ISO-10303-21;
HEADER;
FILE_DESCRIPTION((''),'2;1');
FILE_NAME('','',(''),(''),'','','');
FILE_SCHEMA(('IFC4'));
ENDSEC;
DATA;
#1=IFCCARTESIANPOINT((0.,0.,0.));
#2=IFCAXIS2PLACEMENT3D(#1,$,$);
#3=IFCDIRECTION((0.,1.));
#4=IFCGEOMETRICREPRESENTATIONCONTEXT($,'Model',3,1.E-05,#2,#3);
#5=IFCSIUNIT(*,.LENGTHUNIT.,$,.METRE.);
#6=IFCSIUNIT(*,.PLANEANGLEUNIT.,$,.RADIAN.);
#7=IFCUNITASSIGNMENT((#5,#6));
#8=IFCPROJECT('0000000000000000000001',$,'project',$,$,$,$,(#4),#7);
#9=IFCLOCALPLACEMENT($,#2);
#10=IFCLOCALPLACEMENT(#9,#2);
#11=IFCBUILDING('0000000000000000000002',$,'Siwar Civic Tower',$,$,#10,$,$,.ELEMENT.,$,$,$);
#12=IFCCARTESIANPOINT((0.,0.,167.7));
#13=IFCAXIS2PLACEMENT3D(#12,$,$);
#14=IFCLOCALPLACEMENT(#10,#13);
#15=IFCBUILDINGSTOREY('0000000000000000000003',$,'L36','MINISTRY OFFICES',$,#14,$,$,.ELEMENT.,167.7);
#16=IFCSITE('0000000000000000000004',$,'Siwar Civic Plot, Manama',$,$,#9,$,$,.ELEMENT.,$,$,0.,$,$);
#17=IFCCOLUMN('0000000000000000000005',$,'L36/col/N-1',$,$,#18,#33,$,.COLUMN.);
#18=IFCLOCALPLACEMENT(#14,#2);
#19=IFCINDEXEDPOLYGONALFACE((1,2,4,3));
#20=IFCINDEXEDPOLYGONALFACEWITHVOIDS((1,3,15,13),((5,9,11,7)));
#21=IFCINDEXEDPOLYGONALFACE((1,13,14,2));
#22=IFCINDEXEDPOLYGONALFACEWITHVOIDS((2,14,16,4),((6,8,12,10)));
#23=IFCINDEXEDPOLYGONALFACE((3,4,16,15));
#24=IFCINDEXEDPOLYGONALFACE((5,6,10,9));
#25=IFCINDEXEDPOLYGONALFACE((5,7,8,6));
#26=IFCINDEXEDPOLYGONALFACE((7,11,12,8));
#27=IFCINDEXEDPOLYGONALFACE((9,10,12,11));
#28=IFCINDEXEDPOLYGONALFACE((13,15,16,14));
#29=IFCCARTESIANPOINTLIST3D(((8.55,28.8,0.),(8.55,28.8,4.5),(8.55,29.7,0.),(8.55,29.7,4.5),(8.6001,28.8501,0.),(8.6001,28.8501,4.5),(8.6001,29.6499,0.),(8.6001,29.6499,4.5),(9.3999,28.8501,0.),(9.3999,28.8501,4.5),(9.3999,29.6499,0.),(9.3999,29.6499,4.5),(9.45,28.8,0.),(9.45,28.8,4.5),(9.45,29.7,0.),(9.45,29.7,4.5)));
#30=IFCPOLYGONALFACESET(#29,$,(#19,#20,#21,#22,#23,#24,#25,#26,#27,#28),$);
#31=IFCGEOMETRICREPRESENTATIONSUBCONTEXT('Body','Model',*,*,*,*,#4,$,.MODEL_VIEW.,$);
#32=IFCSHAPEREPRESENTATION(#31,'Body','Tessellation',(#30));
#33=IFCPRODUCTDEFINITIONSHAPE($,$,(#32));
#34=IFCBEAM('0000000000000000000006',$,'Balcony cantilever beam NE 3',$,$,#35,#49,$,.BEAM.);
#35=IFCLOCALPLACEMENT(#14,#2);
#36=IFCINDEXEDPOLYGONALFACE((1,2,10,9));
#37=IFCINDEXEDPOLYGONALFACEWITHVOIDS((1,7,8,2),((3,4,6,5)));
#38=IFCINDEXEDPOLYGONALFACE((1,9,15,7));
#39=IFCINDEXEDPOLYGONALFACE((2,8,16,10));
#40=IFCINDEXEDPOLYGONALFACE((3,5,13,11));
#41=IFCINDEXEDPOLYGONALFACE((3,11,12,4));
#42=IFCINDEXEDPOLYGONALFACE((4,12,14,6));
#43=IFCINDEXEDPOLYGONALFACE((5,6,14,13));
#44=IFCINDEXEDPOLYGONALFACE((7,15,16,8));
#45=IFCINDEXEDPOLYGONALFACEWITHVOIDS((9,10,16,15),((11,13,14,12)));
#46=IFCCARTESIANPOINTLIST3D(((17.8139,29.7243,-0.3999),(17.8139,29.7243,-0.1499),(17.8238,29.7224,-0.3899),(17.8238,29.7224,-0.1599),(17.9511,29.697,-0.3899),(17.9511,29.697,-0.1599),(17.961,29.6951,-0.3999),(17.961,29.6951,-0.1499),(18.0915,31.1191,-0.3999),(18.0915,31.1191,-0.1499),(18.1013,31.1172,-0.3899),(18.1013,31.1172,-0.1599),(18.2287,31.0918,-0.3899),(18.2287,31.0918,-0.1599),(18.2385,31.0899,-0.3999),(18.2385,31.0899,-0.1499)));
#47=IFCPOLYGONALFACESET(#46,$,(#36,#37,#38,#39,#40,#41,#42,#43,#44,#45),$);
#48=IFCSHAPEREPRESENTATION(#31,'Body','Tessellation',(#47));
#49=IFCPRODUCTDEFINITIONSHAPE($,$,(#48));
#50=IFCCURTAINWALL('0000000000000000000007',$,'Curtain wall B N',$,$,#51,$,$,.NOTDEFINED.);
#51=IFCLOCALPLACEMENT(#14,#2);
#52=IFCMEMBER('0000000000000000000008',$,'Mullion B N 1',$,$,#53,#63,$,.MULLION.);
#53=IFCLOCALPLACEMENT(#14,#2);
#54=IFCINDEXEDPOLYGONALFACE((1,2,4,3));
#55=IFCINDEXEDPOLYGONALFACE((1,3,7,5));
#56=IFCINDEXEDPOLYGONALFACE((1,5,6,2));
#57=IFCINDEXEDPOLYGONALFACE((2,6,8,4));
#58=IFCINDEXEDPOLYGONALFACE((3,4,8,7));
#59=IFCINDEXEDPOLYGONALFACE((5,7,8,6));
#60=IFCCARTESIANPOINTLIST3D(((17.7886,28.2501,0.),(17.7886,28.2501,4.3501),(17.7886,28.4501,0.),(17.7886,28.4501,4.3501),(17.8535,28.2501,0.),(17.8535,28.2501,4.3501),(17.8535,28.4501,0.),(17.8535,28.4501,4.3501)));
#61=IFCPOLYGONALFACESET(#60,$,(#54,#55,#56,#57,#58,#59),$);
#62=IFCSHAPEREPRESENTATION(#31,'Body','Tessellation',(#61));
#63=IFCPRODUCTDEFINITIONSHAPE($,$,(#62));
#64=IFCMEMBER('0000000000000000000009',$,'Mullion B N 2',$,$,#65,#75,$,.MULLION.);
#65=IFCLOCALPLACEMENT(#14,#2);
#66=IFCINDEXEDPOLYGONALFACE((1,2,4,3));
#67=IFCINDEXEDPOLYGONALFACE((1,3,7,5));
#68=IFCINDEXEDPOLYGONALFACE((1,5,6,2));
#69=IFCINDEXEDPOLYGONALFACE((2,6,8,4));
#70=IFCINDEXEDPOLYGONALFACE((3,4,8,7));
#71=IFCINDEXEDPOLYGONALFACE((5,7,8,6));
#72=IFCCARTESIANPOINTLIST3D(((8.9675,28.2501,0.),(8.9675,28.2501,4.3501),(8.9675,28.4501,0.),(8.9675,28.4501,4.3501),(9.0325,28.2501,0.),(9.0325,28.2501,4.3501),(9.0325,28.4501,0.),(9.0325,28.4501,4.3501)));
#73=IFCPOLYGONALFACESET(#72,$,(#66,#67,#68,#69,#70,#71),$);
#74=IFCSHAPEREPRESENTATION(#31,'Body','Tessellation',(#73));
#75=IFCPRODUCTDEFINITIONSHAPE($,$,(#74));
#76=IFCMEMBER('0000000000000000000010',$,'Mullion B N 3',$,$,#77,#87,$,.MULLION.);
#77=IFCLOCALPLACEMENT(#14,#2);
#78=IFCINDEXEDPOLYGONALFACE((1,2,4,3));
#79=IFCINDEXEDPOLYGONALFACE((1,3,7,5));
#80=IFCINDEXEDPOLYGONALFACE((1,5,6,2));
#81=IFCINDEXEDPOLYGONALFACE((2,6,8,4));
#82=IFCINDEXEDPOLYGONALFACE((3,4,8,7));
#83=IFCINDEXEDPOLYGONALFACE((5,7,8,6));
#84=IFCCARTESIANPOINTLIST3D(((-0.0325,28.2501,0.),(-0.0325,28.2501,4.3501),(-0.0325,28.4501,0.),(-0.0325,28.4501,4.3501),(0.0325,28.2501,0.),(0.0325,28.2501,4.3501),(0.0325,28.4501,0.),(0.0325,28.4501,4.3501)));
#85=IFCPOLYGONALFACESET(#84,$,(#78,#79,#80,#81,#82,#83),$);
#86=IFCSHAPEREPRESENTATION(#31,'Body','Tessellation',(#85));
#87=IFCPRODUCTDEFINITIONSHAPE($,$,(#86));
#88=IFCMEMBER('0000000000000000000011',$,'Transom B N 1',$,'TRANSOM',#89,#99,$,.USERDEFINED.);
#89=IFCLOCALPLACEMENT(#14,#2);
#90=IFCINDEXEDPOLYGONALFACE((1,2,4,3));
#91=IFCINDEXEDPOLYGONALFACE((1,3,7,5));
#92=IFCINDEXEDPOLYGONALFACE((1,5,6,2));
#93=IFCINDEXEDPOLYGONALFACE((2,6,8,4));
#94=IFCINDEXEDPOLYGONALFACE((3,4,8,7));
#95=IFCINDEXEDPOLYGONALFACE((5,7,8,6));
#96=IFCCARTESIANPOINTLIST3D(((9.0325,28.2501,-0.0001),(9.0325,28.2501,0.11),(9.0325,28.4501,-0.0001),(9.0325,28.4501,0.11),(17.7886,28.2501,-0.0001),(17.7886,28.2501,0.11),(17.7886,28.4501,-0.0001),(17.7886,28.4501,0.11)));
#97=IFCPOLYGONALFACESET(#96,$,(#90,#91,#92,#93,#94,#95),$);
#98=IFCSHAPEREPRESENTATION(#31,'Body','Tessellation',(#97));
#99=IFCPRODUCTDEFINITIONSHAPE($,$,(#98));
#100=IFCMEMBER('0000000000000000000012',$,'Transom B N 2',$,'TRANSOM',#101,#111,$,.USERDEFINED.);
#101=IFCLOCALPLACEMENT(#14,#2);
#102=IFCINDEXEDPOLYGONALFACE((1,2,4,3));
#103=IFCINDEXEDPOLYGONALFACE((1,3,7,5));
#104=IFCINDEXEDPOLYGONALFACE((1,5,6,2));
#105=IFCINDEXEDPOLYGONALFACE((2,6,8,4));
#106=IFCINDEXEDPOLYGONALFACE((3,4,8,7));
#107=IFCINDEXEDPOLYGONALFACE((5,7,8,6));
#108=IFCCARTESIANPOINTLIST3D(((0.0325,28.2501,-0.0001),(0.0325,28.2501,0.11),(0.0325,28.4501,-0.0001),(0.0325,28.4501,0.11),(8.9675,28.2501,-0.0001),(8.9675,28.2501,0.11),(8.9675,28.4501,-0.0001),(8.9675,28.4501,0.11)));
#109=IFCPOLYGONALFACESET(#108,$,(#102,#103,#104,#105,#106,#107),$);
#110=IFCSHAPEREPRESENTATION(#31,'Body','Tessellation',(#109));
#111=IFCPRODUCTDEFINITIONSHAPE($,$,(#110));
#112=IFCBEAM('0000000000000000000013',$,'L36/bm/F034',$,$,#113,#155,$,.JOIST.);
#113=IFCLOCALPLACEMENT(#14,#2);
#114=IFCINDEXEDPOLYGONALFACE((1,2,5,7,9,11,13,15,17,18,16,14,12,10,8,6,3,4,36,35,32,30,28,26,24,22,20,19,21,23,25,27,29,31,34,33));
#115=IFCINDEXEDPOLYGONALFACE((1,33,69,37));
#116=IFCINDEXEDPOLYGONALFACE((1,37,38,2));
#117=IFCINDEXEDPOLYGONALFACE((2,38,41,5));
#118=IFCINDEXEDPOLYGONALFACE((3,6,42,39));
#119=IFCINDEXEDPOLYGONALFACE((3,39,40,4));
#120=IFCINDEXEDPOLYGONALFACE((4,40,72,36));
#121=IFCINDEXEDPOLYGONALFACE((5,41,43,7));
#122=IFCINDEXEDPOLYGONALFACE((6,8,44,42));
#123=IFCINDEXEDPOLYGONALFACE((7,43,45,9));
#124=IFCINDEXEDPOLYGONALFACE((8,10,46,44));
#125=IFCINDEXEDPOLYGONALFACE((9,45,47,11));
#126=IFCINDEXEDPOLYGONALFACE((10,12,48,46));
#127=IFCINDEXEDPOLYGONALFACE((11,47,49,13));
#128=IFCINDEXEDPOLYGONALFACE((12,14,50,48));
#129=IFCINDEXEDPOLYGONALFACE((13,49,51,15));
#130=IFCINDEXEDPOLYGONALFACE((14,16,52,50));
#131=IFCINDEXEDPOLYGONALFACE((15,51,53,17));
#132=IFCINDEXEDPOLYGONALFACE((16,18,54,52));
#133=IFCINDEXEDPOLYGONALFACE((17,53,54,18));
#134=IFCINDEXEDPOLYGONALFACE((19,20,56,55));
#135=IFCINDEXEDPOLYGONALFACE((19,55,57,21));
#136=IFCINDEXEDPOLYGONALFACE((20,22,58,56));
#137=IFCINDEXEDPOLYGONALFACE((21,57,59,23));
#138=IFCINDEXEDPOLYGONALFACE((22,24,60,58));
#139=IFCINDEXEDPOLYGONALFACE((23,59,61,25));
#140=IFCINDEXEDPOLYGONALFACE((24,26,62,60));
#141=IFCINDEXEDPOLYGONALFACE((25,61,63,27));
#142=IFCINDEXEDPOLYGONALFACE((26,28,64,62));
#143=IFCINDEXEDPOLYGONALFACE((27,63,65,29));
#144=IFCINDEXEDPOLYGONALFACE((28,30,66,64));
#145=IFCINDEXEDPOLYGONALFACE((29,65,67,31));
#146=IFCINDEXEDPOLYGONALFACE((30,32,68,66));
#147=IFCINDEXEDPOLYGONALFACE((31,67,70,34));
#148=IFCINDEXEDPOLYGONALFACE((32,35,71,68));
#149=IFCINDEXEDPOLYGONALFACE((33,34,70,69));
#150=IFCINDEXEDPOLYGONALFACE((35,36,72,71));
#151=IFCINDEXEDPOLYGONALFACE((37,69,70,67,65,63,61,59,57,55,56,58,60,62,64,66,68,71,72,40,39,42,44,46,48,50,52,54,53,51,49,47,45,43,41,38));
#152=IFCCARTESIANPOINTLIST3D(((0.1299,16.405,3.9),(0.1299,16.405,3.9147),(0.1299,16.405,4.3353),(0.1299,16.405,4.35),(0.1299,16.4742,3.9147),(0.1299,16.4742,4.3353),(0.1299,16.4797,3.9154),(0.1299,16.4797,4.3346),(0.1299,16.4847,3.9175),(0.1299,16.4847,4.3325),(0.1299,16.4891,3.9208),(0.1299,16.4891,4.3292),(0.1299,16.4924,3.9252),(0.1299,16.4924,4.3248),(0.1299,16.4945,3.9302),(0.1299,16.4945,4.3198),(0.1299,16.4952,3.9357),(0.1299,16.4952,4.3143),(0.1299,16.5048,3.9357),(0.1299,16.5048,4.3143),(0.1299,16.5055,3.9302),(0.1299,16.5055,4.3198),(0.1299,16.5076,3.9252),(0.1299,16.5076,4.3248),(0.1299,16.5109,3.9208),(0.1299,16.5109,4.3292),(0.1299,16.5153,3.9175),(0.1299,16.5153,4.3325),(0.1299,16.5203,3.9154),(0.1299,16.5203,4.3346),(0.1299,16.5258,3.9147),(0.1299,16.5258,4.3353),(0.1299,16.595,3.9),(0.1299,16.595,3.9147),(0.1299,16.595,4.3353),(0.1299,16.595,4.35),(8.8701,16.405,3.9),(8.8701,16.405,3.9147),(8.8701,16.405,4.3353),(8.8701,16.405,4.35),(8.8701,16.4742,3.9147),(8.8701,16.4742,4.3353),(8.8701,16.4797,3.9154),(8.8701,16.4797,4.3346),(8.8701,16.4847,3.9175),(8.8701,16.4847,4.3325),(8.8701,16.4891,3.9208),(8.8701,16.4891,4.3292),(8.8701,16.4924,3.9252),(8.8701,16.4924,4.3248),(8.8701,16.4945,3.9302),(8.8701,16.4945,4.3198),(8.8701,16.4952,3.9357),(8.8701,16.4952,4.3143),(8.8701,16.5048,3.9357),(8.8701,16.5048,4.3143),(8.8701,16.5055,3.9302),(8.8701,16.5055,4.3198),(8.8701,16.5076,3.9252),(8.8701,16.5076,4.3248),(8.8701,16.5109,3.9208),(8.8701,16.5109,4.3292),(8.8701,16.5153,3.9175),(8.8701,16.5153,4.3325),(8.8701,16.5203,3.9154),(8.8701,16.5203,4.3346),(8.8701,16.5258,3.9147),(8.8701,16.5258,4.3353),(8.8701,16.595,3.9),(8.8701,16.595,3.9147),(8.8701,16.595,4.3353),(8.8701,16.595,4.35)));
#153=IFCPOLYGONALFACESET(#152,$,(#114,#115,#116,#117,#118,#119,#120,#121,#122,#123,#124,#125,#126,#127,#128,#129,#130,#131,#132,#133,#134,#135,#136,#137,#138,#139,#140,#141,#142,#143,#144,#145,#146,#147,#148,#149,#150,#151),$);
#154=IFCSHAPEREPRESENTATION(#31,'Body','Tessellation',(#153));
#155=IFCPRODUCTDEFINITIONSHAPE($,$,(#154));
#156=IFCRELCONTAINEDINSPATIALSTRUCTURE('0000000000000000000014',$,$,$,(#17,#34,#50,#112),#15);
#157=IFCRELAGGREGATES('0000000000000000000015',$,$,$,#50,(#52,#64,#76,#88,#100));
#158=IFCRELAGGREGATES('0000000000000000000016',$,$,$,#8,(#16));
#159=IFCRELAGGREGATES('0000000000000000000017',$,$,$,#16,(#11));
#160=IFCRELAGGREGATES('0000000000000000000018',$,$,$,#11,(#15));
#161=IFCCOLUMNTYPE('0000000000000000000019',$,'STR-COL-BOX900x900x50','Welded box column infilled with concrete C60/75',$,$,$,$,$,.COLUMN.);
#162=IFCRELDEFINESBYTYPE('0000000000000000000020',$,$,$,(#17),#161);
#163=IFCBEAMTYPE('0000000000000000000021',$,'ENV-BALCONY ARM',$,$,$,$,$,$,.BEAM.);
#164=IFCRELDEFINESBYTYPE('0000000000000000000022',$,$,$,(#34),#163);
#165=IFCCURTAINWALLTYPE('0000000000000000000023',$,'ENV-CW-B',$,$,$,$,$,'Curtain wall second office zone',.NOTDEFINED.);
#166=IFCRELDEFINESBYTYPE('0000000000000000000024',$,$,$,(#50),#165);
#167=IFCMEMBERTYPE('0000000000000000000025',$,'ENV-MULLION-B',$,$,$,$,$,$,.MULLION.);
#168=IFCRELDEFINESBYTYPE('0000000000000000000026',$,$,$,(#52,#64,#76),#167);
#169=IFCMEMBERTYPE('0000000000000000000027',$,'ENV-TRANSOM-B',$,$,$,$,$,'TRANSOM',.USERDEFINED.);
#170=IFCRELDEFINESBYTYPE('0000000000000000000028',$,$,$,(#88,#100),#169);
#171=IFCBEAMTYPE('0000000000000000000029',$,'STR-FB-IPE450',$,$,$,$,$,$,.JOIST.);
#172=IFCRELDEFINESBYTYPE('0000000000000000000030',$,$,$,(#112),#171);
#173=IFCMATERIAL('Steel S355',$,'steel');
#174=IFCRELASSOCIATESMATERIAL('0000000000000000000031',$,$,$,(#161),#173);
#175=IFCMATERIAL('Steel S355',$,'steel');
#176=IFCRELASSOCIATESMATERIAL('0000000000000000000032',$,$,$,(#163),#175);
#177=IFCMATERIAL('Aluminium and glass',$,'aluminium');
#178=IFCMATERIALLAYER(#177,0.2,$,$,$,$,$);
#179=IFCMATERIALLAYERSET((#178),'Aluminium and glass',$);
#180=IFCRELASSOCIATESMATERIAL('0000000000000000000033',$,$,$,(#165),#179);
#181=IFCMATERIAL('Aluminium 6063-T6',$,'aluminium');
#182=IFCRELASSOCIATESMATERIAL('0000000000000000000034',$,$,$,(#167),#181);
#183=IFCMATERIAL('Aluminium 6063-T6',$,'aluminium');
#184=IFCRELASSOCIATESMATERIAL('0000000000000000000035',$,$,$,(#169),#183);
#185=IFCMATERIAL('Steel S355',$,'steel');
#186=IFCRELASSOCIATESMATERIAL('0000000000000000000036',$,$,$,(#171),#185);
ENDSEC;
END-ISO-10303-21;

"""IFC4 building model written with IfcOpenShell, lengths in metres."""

from ifc_helpers import new_model, si_unit, direction, frame, origin, origin_2d, place, context, subcontext, project, spatial, rectangle, hollow_rectangle, i_section, extrude, material, layer, layer_set, material_profile, profile_set, type_object, element, aggregate, save


model = new_model("IFC4")

# Units and contexts
model_context = context("Model", 3, precision=1e-05, world=origin(), true_north=direction((0.0, 1.0)))
body_context = subcontext(model_context, "Body", "Model", "MODEL_VIEW")
ifc_project = project(units=[si_unit("LENGTHUNIT", "METRE"), si_unit("PLANEANGLEUNIT", "RADIAN")], contexts=[model_context])

# Site, building, storey
site_placement = place(None, origin())
site = spatial("IfcSite", under=ifc_project, at=site_placement, Name="Siwar Civic Plot, Manama", CompositionType="ELEMENT", RefElevation=0.0)
building_placement = place(site_placement, origin())
building = spatial("IfcBuilding", under=site, at=building_placement, Name="Siwar Civic Tower", CompositionType="ELEMENT")
storey_placement = place(building_placement, frame((0.0, 0.0, 167.7)))
storey = spatial("IfcBuildingStorey", under=building, at=storey_placement, Name="L36", Description="MINISTRY OFFICES", CompositionType="ELEMENT", Elevation=167.7)

# Column
ifc_material_1 = material(Name="Steel S355", Category="steel")
ifc_material_profile_1 = material_profile(ifc_material_1, hollow_rectangle(XDim=0.8999, YDim=0.8999, WallThickness=0.05, at=origin_2d()), Name="BOX900x900x50")
ifc_profile_set_1 = profile_set([ifc_material_profile_1], Name="Steel S355")
column_type = type_object("IfcColumnType", Name="STR-COL-BOX900x900x50", Description="Welded box column infilled with concrete C60/75", PredefinedType="COLUMN", material=ifc_profile_set_1)
column_placement = place(storey_placement, frame((9.0, 29.25, 0.0), z_axis=(0.0, 0.0, 1.0), x_axis=(1.0, 0.0, 0.0)))
element("IfcColumn", 1, at=column_placement, inside=storey, type_object=column_type, Name="L36/col/N-1", PredefinedType="COLUMN", context=body_context, shape_type="SweptSolid", body=[
    extrude(hollow_rectangle(XDim=0.8999, YDim=0.8999, WallThickness=0.05, at=origin_2d()), origin(), (0.0, 0.0, 1.0), 4.5),
])

# Beam
ifc_material_2 = material(Name="Steel S355", Category="steel")
ifc_material_profile_2 = material_profile(ifc_material_2, hollow_rectangle(XDim=0.1499, YDim=0.25, WallThickness=0.01, at=origin_2d()), Name="RHS250x150x10")
ifc_profile_set_2 = profile_set([ifc_material_profile_2], Name="Steel S355")
beam_type_1 = type_object("IfcBeamType", Name="ENV-BALCONY ARM", PredefinedType="BEAM", material=ifc_profile_set_2)
beam_1_placement = place(storey_placement, frame((17.8875, 29.7097, -0.2749), z_axis=(0.195192, 0.980765, 0.0), x_axis=(-0.980765, 0.195192, 0.0)))
element("IfcBeam", 2, at=beam_1_placement, inside=storey, type_object=beam_type_1, Name="Balcony cantilever beam NE 3", PredefinedType="BEAM", context=body_context, shape_type="SweptSolid", body=[
    extrude(hollow_rectangle(XDim=0.1499, YDim=0.25, WallThickness=0.01, at=origin_2d()), origin(), (0.0, 0.0, 1.0), 1.4221),
])

# Curtain wall, members
ifc_material_3 = material(Name="Aluminium and glass", Category="aluminium")
ifc_layer_1 = layer(ifc_material_3, 0.2)
ifc_layer_set_1 = layer_set([ifc_layer_1], Name="Aluminium and glass")
curtain_wall_type = type_object("IfcCurtainWallType", Name="ENV-CW-B", ElementType="Curtain wall second office zone", PredefinedType="NOTDEFINED", material=ifc_layer_set_1)
curtain_wall_placement = place(storey_placement, origin())
curtain_wall = element("IfcCurtainWall", 3, at=curtain_wall_placement, inside=storey, type_object=curtain_wall_type, Name="Curtain wall B N", PredefinedType="NOTDEFINED")
ifc_material_4 = material(Name="Aluminium 6063-T6", Category="aluminium")
ifc_material_profile_3 = material_profile(ifc_material_4, rectangle(XDim=0.2, YDim=0.0649, at=origin_2d()), Name="AL 200x65")
ifc_profile_set_3 = profile_set([ifc_material_profile_3], Name="Aluminium 6063-T6")
member_type_1 = type_object("IfcMemberType", Name="ENV-MULLION-B", PredefinedType="MULLION", material=ifc_profile_set_3)
member_1_placement = place(storey_placement, frame((17.821, 28.3501, 0.0), z_axis=(0.0, 0.0, 1.0), x_axis=(0.0, -1.0, 0.0)))
member_1 = element("IfcMember", 4, at=member_1_placement, type_object=member_type_1, Name="Mullion B N 1", PredefinedType="MULLION", context=body_context, shape_type="SweptSolid", body=[
    extrude(rectangle(XDim=0.2, YDim=0.0649, at=origin_2d()), origin(), (0.0, 0.0, 1.0), 4.3501),
])
member_2_placement = place(storey_placement, frame((9.0, 28.3501, 0.0), z_axis=(0.0, 0.0, 1.0), x_axis=(0.0, -1.0, 0.0)))
member_2 = element("IfcMember", 5, at=member_2_placement, type_object=member_type_1, Name="Mullion B N 2", PredefinedType="MULLION", context=body_context, shape_type="SweptSolid", body=[
    extrude(rectangle(XDim=0.2, YDim=0.0649, at=origin_2d()), origin(), (0.0, 0.0, 1.0), 4.3501),
])
member_3_placement = place(storey_placement, frame((0.0, 28.3501, 0.0), z_axis=(0.0, 0.0, 1.0), x_axis=(0.0, -1.0, 0.0)))
member_3 = element("IfcMember", 6, at=member_3_placement, type_object=member_type_1, Name="Mullion B N 3", PredefinedType="MULLION", context=body_context, shape_type="SweptSolid", body=[
    extrude(rectangle(XDim=0.2, YDim=0.0649, at=origin_2d()), origin(), (0.0, 0.0, 1.0), 4.3501),
])
ifc_material_5 = material(Name="Aluminium 6063-T6", Category="aluminium")
ifc_material_profile_4 = material_profile(ifc_material_5, rectangle(XDim=0.2, YDim=0.1101, at=origin_2d()), Name="AL 200x110")
ifc_profile_set_4 = profile_set([ifc_material_profile_4], Name="Aluminium 6063-T6")
member_type_2 = type_object("IfcMemberType", Name="ENV-TRANSOM-B", ElementType="TRANSOM", PredefinedType="USERDEFINED", material=ifc_profile_set_4)
member_4_placement = place(storey_placement, frame((17.7886, 28.3501, 0.0549), z_axis=(-1.0, 0.0, 0.0), x_axis=(0.0, -1.0, 0.0)))
member_4 = element("IfcMember", 7, at=member_4_placement, type_object=member_type_2, Name="Transom B N 1", ObjectType="TRANSOM", PredefinedType="USERDEFINED", context=body_context, shape_type="SweptSolid", body=[
    extrude(rectangle(XDim=0.2, YDim=0.1101, at=origin_2d()), origin(), (0.0, 0.0, 1.0), 8.7561),
])
member_5_placement = place(storey_placement, frame((8.9675, 28.3501, 0.0549), z_axis=(-1.0, 0.0, 0.0), x_axis=(0.0, -1.0, 0.0)))
member_5 = element("IfcMember", 8, at=member_5_placement, type_object=member_type_2, Name="Transom B N 2", ObjectType="TRANSOM", PredefinedType="USERDEFINED", context=body_context, shape_type="SweptSolid", body=[
    extrude(rectangle(XDim=0.2, YDim=0.1101, at=origin_2d()), origin(), (0.0, 0.0, 1.0), 8.9351),
])

# Beam
ifc_material_6 = material(Name="Steel S355", Category="steel")
ifc_material_profile_5 = material_profile(ifc_material_6, i_section(OverallWidth=0.1899, OverallDepth=0.45, WebThickness=0.0095, FlangeThickness=0.0146, FilletRadius=0.021, at=origin_2d()), Name="IPE450")
ifc_profile_set_5 = profile_set([ifc_material_profile_5], Name="Steel S355")
beam_type_2 = type_object("IfcBeamType", Name="STR-FB-IPE450", PredefinedType="JOIST", material=ifc_profile_set_5)
for number, where, z_axis, x_axis, name in (
    (9, (0.1299, 16.5, 4.125), (1.0, 0.0, 0.0), (0.0, 1.0, 0.0), "L36/bm/F034"),
):
    element("IfcBeam", number, at=place(storey_placement, frame(where, z_axis=z_axis, x_axis=x_axis)), inside=storey, type_object=beam_type_2, Name=name, PredefinedType="JOIST", context=body_context, shape_type="SweptSolid", body=[
        extrude(i_section(OverallWidth=0.1899, OverallDepth=0.45, WebThickness=0.0095, FlangeThickness=0.0146, FilletRadius=0.021, at=origin_2d()), origin(), (0.0, 0.0, 1.0), 8.7402),
    ])

aggregate(curtain_wall, [member_1, member_2, member_3, member_4, member_5])

save(model, "model.ifc")
